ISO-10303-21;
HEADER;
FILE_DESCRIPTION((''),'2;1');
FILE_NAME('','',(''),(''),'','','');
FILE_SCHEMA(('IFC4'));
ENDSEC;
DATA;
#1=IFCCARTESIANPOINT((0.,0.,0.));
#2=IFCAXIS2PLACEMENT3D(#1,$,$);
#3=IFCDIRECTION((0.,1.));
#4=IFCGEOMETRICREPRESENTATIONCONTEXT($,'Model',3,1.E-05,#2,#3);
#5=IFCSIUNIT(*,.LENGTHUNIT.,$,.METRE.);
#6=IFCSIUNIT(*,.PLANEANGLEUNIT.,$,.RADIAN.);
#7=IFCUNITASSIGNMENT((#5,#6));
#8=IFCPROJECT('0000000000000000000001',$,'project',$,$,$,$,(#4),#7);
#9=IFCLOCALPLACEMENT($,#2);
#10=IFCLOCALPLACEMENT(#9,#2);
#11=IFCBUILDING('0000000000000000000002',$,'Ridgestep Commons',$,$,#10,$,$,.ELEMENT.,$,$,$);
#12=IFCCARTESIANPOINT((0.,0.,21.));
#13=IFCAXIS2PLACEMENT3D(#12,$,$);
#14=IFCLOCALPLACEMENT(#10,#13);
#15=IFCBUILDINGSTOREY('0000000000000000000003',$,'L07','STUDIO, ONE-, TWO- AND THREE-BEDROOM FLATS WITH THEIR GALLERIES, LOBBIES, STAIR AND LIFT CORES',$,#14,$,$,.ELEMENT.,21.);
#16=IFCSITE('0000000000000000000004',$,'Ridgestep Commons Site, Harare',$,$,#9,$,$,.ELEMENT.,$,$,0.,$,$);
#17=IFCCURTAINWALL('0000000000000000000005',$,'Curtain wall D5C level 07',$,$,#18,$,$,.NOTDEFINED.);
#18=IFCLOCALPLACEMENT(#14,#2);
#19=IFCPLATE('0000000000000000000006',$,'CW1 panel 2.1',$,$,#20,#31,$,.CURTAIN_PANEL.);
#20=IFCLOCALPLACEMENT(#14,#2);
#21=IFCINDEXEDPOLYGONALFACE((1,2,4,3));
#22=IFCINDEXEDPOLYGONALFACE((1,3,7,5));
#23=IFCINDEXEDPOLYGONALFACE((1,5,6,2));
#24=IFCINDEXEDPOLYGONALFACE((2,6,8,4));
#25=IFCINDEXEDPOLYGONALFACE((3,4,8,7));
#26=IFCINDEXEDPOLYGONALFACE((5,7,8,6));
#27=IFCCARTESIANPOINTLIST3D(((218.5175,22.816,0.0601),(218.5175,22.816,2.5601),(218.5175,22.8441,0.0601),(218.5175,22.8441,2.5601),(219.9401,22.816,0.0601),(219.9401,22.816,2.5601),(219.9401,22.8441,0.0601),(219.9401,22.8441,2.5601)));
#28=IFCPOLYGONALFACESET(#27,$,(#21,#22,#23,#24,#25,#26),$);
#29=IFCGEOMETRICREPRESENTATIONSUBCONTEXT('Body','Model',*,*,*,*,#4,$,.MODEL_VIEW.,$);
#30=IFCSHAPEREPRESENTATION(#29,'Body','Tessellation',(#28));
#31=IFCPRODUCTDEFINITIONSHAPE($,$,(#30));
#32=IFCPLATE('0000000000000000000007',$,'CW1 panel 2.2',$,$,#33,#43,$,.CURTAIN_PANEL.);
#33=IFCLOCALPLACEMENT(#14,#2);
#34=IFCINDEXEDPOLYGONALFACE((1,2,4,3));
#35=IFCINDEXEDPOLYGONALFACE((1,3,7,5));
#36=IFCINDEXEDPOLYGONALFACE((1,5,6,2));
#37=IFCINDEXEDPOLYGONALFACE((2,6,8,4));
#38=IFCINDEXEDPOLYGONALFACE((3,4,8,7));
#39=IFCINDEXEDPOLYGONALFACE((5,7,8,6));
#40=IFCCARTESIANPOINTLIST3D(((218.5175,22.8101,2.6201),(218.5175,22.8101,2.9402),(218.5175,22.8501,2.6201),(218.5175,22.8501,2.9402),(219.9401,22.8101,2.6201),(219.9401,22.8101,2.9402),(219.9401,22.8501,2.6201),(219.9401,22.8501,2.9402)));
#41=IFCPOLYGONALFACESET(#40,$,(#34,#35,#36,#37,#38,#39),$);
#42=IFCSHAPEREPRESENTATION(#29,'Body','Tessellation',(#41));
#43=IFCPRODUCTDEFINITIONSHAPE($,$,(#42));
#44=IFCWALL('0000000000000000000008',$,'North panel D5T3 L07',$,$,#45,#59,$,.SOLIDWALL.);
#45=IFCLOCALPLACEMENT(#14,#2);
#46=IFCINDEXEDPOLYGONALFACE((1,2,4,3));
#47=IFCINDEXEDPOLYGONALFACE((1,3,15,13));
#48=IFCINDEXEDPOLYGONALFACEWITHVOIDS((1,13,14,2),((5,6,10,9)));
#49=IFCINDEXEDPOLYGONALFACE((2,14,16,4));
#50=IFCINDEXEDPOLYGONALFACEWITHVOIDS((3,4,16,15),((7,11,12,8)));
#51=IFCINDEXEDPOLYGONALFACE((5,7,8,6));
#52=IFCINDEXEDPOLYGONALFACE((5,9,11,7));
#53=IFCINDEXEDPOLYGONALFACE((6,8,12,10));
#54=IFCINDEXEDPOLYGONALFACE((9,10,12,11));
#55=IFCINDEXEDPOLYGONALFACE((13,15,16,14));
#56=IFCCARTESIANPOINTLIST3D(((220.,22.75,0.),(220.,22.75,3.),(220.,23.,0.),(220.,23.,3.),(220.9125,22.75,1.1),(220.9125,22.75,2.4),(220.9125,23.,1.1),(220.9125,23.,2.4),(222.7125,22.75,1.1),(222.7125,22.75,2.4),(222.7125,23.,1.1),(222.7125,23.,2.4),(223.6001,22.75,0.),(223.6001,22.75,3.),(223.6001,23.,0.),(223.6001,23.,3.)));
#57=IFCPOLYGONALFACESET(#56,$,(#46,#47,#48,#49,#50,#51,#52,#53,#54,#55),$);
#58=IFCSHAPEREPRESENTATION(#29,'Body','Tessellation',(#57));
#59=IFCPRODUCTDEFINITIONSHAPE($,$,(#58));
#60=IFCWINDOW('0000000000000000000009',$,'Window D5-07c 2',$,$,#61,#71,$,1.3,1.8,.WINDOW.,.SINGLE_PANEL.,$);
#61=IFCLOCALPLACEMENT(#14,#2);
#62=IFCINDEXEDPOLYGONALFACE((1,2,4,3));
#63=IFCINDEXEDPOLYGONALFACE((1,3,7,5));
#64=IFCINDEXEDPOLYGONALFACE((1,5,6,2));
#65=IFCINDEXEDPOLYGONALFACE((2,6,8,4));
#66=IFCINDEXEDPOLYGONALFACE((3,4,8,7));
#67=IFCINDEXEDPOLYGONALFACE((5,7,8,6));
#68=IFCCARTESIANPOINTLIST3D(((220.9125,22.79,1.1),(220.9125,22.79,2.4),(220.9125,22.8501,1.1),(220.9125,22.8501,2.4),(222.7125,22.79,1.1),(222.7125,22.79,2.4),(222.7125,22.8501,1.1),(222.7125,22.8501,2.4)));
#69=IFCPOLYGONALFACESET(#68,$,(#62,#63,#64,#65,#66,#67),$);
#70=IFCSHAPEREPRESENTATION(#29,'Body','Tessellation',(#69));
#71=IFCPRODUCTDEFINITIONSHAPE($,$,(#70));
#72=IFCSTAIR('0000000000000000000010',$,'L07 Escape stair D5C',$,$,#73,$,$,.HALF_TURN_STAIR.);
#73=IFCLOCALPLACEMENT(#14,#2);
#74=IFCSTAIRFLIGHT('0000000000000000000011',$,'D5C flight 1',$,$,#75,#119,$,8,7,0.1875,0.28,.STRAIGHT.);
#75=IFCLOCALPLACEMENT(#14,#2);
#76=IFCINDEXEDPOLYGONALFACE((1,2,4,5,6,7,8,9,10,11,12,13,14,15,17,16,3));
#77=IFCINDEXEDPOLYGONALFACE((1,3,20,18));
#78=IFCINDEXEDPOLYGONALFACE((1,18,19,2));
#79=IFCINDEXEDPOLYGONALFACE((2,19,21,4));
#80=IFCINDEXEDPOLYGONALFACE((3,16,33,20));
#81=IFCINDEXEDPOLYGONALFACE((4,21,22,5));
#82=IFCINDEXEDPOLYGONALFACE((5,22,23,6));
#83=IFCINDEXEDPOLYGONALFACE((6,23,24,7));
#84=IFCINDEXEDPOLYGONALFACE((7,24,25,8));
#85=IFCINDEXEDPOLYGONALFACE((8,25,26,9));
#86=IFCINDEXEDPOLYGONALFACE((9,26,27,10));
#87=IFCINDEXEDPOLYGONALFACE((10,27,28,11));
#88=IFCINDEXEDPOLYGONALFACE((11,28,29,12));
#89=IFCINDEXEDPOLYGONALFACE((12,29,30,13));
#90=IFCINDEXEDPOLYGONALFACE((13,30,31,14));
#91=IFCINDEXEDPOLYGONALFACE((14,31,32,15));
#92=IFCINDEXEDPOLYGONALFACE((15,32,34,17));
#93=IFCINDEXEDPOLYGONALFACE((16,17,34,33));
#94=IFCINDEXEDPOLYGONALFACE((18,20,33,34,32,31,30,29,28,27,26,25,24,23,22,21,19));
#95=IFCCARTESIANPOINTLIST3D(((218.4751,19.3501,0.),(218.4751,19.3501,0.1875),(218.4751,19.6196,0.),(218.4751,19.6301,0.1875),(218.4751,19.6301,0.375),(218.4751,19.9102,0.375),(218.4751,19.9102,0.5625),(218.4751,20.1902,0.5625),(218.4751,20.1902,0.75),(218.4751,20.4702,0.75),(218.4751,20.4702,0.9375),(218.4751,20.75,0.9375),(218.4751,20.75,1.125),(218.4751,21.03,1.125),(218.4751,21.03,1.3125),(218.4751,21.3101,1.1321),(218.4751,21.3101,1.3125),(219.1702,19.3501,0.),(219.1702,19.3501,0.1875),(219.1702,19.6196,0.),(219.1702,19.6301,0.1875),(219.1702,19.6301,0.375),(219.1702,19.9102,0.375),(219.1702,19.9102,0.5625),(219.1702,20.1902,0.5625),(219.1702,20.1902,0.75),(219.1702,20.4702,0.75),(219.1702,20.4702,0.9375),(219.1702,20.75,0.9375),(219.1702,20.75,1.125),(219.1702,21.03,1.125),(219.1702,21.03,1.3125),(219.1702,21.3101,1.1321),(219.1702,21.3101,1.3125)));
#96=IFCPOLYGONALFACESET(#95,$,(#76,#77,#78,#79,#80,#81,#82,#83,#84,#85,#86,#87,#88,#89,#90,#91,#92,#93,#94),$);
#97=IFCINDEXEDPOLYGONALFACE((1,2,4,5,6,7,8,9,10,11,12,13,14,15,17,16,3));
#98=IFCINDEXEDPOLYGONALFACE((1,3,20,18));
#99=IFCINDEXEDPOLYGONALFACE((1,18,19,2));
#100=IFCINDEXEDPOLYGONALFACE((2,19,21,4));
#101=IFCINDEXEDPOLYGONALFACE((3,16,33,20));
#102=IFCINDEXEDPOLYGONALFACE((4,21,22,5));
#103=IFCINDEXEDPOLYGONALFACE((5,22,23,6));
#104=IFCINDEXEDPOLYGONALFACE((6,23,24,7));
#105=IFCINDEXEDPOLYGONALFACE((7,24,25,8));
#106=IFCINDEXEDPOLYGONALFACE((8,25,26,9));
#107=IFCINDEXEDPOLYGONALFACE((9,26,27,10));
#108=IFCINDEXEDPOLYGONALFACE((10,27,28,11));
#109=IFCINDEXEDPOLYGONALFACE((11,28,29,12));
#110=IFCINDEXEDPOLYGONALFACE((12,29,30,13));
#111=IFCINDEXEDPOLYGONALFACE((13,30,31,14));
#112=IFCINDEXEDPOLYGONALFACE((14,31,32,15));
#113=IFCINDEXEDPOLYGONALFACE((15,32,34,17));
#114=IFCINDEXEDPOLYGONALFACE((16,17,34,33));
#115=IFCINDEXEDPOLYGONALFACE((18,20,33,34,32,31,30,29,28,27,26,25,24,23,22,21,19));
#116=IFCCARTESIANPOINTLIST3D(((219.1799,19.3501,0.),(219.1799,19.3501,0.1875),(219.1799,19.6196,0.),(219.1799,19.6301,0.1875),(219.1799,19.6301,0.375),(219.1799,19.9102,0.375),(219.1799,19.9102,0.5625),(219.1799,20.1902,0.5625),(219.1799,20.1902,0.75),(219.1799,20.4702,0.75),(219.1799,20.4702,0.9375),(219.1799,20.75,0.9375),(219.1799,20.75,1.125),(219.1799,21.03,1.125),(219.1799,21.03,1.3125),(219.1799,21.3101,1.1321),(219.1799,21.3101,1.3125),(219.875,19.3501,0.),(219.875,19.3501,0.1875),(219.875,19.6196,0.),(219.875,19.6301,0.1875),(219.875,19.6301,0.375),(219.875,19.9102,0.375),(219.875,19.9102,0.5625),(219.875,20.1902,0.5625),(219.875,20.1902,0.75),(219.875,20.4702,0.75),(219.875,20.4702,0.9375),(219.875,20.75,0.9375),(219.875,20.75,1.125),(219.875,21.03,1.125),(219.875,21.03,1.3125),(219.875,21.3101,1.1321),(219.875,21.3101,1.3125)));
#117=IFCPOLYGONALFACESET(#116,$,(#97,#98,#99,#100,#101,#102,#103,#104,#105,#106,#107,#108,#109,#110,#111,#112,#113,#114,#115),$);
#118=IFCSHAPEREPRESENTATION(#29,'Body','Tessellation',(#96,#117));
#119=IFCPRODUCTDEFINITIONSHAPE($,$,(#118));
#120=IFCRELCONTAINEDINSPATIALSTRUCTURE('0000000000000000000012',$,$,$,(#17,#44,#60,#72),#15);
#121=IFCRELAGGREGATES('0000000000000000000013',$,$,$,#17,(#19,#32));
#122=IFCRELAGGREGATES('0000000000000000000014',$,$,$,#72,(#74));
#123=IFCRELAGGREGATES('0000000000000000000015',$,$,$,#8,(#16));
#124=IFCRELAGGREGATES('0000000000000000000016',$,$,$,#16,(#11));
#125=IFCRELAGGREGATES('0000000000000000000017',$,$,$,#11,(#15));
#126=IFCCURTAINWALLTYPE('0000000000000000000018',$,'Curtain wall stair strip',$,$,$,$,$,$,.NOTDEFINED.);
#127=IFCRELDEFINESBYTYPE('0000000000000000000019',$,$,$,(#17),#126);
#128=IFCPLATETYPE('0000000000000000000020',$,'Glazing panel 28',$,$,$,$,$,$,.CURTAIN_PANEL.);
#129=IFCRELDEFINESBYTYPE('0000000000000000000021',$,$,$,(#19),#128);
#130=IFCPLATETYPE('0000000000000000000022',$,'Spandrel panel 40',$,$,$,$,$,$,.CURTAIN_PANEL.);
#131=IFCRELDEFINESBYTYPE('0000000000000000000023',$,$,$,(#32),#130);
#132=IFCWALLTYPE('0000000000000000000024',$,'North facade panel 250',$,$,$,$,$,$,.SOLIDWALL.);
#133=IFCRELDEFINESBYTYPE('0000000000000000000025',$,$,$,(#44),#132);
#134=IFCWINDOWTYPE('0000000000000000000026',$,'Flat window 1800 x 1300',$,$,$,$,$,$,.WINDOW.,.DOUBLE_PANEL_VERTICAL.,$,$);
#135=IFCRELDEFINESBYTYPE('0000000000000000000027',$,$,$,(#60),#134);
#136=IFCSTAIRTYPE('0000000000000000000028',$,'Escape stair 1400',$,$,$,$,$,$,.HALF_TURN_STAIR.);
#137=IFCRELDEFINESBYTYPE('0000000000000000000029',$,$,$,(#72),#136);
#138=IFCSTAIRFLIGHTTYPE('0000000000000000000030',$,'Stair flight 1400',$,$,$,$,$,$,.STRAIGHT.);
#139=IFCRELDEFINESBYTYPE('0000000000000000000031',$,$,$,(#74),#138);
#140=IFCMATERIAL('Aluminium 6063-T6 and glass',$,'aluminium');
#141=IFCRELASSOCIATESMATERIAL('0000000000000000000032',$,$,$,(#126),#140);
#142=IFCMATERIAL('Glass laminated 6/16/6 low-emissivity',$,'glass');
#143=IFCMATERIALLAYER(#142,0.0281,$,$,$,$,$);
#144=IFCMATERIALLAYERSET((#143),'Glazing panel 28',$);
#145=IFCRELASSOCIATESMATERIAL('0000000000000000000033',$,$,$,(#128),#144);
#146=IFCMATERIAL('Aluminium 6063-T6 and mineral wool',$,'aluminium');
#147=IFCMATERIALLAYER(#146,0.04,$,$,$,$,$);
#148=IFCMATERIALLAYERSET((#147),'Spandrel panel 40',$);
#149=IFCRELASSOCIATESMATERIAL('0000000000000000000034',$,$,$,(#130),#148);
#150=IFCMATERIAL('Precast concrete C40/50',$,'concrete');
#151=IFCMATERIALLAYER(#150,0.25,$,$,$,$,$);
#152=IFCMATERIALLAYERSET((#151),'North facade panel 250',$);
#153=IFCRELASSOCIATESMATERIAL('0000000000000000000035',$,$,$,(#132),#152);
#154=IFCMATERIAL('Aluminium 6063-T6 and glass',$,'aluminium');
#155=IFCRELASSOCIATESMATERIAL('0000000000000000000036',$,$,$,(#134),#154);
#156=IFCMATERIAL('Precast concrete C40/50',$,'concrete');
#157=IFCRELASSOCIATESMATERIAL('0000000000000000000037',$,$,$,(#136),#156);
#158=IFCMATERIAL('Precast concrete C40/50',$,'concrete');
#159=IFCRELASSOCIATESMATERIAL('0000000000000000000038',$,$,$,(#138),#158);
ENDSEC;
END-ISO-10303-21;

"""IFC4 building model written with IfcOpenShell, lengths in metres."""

from ifc_helpers import new_model, si_unit, direction, frame, frame_2d, origin, origin_2d, place, context, subcontext, project, spatial, polyline, rectangle, outline, extrude, material, layer, layer_set, type_object, element, fill, aggregate, save


model = new_model("IFC4")

# Units and contexts
model_context = context("Model", 3, precision=1e-05, world=origin(), true_north=direction((0.0, 1.0)))
body_context = subcontext(model_context, "Body", "Model", "MODEL_VIEW")
ifc_project = project(units=[si_unit("LENGTHUNIT", "METRE"), si_unit("PLANEANGLEUNIT", "RADIAN")], contexts=[model_context])

# Site, building, storey
site_placement = place(None, origin())
site = spatial("IfcSite", under=ifc_project, at=site_placement, Name="Ridgestep Commons Site, Harare", CompositionType="ELEMENT", RefElevation=0.0)
building_placement = place(site_placement, origin())
building = spatial("IfcBuilding", under=site, at=building_placement, Name="Ridgestep Commons", CompositionType="ELEMENT")
storey_placement = place(building_placement, frame((0.0, 0.0, 21.0)))
storey = spatial("IfcBuildingStorey", under=building, at=storey_placement, Name="L07", Description="STUDIO, ONE-, TWO- AND THREE-BEDROOM FLATS WITH THEIR GALLERIES, LOBBIES, STAIR AND LIFT CORES", CompositionType="ELEMENT", Elevation=21.0)

# Curtain wall
ifc_material_1 = material(Name="Aluminium 6063-T6 and glass", Category="aluminium")
curtain_wall_type = type_object("IfcCurtainWallType", Name="Curtain wall stair strip", PredefinedType="NOTDEFINED", material=ifc_material_1)
curtain_wall_placement = place(storey_placement, origin())
curtain_wall = element("IfcCurtainWall", 1, at=curtain_wall_placement, inside=storey, type_object=curtain_wall_type, Name="Curtain wall D5C level 07", PredefinedType="NOTDEFINED")

# Plates
ifc_material_2 = material(Name="Glass laminated 6/16/6 low-emissivity", Category="glass")
ifc_layer_1 = layer(ifc_material_2, 0.0281)
ifc_layer_set_1 = layer_set([ifc_layer_1], Name="Glazing panel 28")
plate_type_1 = type_object("IfcPlateType", Name="Glazing panel 28", PredefinedType="CURTAIN_PANEL", material=ifc_layer_set_1)
plate_1_placement = place(storey_placement, frame((219.2288, 22.8301, 0.0601), z_axis=(0.0, 0.0, 1.0), x_axis=(1.0, 0.0, 0.0)))
plate_1 = element("IfcPlate", 2, at=plate_1_placement, type_object=plate_type_1, Name="CW1 panel 2.1", PredefinedType="CURTAIN_PANEL", context=body_context, shape_type="SweptSolid", body=[
    extrude(rectangle(XDim=1.4226, YDim=0.0281, at=origin_2d()), origin(), (0.0, 0.0, 1.0), 2.5),
])
ifc_material_3 = material(Name="Aluminium 6063-T6 and mineral wool", Category="aluminium")
ifc_layer_2 = layer(ifc_material_3, 0.04)
ifc_layer_set_2 = layer_set([ifc_layer_2], Name="Spandrel panel 40")
plate_type_2 = type_object("IfcPlateType", Name="Spandrel panel 40", PredefinedType="CURTAIN_PANEL", material=ifc_layer_set_2)
plate_2_placement = place(storey_placement, frame((219.2288, 22.8301, 2.6201), z_axis=(0.0, 0.0, 1.0), x_axis=(1.0, 0.0, 0.0)))
plate_2 = element("IfcPlate", 3, at=plate_2_placement, type_object=plate_type_2, Name="CW1 panel 2.2", PredefinedType="CURTAIN_PANEL", context=body_context, shape_type="SweptSolid", body=[
    extrude(rectangle(XDim=1.4226, YDim=0.04, at=origin_2d()), origin(), (0.0, 0.0, 1.0), 0.3201),
])
aggregate(curtain_wall, [plate_1, plate_2])

# Wall, opening, window
ifc_material_4 = material(Name="Precast concrete C40/50", Category="concrete")
ifc_layer_3 = layer(ifc_material_4, 0.25)
ifc_layer_set_3 = layer_set([ifc_layer_3], Name="North facade panel 250")
wall_type = type_object("IfcWallType", Name="North facade panel 250", PredefinedType="SOLIDWALL", material=ifc_layer_set_3)
wall_placement = place(storey_placement, frame((220.0, 22.875, 0.0), z_axis=(0.0, 0.0, 1.0), x_axis=(1.0, 0.0, 0.0)))
wall = element("IfcWall", 4, at=wall_placement, inside=storey, type_object=wall_type, Name="North panel D5T3 L07", PredefinedType="SOLIDWALL", context=body_context, shape_type="SweptSolid", body=[
    extrude(rectangle(XDim=3.6001, YDim=0.25, at=frame_2d((1.8, 0.0))), origin(), (0.0, 0.0, 1.0), 3.0),
])
opening_placement = place(wall_placement, frame((0.9126, 0.0, 1.1001)))
opening = element("IfcOpeningElement", 5, at=opening_placement, cuts=wall, PredefinedType="OPENING", context=body_context, shape_type="SweptSolid", body=[
    extrude(rectangle(XDim=1.8, YDim=1.3, at=frame_2d((0.8999, 0.6499))), frame((0.0, 0.135, 0.0), z_axis=(0.0, -1.0, 0.0), x_axis=(1.0, 0.0, 0.0)), (0.0, 0.0, 1.0), 0.27),
])
ifc_material_5 = material(Name="Aluminium 6063-T6 and glass", Category="aluminium")
window_type = type_object("IfcWindowType", Name="Flat window 1800 x 1300", PartitioningType="DOUBLE_PANEL_VERTICAL", PredefinedType="WINDOW", material=ifc_material_5)
window_placement = place(opening_placement, origin())
window = element("IfcWindow", 6, at=window_placement, inside=storey, type_object=window_type, Name="Window D5-07c 2", OverallHeight=1.3, OverallWidth=1.8, PartitioningType="SINGLE_PANEL", PredefinedType="WINDOW", context=body_context, shape_type="SweptSolid", body=[
    extrude(rectangle(XDim=1.8, YDim=1.3, at=frame_2d((0.8999, 0.6499))), frame((0.0, -0.0249, 0.0), z_axis=(0.0, -1.0, 0.0), x_axis=(1.0, 0.0, 0.0)), (0.0, 0.0, 1.0), 0.0601),
])
fill(opening, window)

# Stair, stair flight
ifc_material_6 = material(Name="Precast concrete C40/50", Category="concrete")
stair_type = type_object("IfcStairType", Name="Escape stair 1400", PredefinedType="HALF_TURN_STAIR", material=ifc_material_6)
stair_placement = place(storey_placement, origin())
stair = element("IfcStair", 7, at=stair_placement, inside=storey, type_object=stair_type, Name="L07 Escape stair D5C", PredefinedType="HALF_TURN_STAIR")
ifc_material_7 = material(Name="Precast concrete C40/50", Category="concrete")
stair_flight_type = type_object("IfcStairFlightType", Name="Stair flight 1400", PredefinedType="STRAIGHT", material=ifc_material_7)
stair_flight_placement = place(storey_placement, frame((219.175, 19.3501, 0.0), z_axis=(0.0, 0.0, 1.0), x_axis=(0.0, 1.0, 0.0)))
stair_flight = element("IfcStairFlight", 8, at=stair_flight_placement, type_object=stair_flight_type, Name="D5C flight 1", NumberOfRisers=8, NumberOfTreads=7, PredefinedType="STRAIGHT", RiserHeight=0.1875, TreadLength=0.28, context=body_context, shape_type="SweptSolid", body=[
    extrude(outline(polyline([(0.0, 0.0), (0.0, 0.1875), (0.28, 0.1875), (0.28, 0.375), (0.5601, 0.375), (0.5601, 0.5625), (0.8401, 0.5625), (0.8401, 0.75), (1.1201, 0.75), (1.1201, 0.9375), (1.3999, 0.9375), (1.3999, 1.125), (1.6799, 1.125), (1.6799, 1.3125), (1.96, 1.3125), (1.96, 1.5), (1.96, 1.1321), (0.2695, 0.0), (0.0, 0.0)])), frame((0.0, 0.7, 0.0), z_axis=(0.0, -1.0, 0.0), x_axis=(1.0, 0.0, 0.0)), (0.0, 0.0, 1.0), 0.6951),
    extrude(outline(polyline([(0.0, 0.0), (0.0, 0.1875), (0.28, 0.1875), (0.28, 0.375), (0.5601, 0.375), (0.5601, 0.5625), (0.8401, 0.5625), (0.8401, 0.75), (1.1201, 0.75), (1.1201, 0.9375), (1.3999, 0.9375), (1.3999, 1.125), (1.6799, 1.125), (1.6799, 1.3125), (1.96, 1.3125), (1.96, 1.5), (1.96, 1.1321), (0.2695, 0.0), (0.0, 0.0)])), frame((0.0, -0.0049, 0.0), z_axis=(0.0, -1.0, 0.0), x_axis=(1.0, 0.0, 0.0)), (0.0, 0.0, 1.0), 0.6951),
])
aggregate(stair, [stair_flight])

save(model, "model.ifc")
